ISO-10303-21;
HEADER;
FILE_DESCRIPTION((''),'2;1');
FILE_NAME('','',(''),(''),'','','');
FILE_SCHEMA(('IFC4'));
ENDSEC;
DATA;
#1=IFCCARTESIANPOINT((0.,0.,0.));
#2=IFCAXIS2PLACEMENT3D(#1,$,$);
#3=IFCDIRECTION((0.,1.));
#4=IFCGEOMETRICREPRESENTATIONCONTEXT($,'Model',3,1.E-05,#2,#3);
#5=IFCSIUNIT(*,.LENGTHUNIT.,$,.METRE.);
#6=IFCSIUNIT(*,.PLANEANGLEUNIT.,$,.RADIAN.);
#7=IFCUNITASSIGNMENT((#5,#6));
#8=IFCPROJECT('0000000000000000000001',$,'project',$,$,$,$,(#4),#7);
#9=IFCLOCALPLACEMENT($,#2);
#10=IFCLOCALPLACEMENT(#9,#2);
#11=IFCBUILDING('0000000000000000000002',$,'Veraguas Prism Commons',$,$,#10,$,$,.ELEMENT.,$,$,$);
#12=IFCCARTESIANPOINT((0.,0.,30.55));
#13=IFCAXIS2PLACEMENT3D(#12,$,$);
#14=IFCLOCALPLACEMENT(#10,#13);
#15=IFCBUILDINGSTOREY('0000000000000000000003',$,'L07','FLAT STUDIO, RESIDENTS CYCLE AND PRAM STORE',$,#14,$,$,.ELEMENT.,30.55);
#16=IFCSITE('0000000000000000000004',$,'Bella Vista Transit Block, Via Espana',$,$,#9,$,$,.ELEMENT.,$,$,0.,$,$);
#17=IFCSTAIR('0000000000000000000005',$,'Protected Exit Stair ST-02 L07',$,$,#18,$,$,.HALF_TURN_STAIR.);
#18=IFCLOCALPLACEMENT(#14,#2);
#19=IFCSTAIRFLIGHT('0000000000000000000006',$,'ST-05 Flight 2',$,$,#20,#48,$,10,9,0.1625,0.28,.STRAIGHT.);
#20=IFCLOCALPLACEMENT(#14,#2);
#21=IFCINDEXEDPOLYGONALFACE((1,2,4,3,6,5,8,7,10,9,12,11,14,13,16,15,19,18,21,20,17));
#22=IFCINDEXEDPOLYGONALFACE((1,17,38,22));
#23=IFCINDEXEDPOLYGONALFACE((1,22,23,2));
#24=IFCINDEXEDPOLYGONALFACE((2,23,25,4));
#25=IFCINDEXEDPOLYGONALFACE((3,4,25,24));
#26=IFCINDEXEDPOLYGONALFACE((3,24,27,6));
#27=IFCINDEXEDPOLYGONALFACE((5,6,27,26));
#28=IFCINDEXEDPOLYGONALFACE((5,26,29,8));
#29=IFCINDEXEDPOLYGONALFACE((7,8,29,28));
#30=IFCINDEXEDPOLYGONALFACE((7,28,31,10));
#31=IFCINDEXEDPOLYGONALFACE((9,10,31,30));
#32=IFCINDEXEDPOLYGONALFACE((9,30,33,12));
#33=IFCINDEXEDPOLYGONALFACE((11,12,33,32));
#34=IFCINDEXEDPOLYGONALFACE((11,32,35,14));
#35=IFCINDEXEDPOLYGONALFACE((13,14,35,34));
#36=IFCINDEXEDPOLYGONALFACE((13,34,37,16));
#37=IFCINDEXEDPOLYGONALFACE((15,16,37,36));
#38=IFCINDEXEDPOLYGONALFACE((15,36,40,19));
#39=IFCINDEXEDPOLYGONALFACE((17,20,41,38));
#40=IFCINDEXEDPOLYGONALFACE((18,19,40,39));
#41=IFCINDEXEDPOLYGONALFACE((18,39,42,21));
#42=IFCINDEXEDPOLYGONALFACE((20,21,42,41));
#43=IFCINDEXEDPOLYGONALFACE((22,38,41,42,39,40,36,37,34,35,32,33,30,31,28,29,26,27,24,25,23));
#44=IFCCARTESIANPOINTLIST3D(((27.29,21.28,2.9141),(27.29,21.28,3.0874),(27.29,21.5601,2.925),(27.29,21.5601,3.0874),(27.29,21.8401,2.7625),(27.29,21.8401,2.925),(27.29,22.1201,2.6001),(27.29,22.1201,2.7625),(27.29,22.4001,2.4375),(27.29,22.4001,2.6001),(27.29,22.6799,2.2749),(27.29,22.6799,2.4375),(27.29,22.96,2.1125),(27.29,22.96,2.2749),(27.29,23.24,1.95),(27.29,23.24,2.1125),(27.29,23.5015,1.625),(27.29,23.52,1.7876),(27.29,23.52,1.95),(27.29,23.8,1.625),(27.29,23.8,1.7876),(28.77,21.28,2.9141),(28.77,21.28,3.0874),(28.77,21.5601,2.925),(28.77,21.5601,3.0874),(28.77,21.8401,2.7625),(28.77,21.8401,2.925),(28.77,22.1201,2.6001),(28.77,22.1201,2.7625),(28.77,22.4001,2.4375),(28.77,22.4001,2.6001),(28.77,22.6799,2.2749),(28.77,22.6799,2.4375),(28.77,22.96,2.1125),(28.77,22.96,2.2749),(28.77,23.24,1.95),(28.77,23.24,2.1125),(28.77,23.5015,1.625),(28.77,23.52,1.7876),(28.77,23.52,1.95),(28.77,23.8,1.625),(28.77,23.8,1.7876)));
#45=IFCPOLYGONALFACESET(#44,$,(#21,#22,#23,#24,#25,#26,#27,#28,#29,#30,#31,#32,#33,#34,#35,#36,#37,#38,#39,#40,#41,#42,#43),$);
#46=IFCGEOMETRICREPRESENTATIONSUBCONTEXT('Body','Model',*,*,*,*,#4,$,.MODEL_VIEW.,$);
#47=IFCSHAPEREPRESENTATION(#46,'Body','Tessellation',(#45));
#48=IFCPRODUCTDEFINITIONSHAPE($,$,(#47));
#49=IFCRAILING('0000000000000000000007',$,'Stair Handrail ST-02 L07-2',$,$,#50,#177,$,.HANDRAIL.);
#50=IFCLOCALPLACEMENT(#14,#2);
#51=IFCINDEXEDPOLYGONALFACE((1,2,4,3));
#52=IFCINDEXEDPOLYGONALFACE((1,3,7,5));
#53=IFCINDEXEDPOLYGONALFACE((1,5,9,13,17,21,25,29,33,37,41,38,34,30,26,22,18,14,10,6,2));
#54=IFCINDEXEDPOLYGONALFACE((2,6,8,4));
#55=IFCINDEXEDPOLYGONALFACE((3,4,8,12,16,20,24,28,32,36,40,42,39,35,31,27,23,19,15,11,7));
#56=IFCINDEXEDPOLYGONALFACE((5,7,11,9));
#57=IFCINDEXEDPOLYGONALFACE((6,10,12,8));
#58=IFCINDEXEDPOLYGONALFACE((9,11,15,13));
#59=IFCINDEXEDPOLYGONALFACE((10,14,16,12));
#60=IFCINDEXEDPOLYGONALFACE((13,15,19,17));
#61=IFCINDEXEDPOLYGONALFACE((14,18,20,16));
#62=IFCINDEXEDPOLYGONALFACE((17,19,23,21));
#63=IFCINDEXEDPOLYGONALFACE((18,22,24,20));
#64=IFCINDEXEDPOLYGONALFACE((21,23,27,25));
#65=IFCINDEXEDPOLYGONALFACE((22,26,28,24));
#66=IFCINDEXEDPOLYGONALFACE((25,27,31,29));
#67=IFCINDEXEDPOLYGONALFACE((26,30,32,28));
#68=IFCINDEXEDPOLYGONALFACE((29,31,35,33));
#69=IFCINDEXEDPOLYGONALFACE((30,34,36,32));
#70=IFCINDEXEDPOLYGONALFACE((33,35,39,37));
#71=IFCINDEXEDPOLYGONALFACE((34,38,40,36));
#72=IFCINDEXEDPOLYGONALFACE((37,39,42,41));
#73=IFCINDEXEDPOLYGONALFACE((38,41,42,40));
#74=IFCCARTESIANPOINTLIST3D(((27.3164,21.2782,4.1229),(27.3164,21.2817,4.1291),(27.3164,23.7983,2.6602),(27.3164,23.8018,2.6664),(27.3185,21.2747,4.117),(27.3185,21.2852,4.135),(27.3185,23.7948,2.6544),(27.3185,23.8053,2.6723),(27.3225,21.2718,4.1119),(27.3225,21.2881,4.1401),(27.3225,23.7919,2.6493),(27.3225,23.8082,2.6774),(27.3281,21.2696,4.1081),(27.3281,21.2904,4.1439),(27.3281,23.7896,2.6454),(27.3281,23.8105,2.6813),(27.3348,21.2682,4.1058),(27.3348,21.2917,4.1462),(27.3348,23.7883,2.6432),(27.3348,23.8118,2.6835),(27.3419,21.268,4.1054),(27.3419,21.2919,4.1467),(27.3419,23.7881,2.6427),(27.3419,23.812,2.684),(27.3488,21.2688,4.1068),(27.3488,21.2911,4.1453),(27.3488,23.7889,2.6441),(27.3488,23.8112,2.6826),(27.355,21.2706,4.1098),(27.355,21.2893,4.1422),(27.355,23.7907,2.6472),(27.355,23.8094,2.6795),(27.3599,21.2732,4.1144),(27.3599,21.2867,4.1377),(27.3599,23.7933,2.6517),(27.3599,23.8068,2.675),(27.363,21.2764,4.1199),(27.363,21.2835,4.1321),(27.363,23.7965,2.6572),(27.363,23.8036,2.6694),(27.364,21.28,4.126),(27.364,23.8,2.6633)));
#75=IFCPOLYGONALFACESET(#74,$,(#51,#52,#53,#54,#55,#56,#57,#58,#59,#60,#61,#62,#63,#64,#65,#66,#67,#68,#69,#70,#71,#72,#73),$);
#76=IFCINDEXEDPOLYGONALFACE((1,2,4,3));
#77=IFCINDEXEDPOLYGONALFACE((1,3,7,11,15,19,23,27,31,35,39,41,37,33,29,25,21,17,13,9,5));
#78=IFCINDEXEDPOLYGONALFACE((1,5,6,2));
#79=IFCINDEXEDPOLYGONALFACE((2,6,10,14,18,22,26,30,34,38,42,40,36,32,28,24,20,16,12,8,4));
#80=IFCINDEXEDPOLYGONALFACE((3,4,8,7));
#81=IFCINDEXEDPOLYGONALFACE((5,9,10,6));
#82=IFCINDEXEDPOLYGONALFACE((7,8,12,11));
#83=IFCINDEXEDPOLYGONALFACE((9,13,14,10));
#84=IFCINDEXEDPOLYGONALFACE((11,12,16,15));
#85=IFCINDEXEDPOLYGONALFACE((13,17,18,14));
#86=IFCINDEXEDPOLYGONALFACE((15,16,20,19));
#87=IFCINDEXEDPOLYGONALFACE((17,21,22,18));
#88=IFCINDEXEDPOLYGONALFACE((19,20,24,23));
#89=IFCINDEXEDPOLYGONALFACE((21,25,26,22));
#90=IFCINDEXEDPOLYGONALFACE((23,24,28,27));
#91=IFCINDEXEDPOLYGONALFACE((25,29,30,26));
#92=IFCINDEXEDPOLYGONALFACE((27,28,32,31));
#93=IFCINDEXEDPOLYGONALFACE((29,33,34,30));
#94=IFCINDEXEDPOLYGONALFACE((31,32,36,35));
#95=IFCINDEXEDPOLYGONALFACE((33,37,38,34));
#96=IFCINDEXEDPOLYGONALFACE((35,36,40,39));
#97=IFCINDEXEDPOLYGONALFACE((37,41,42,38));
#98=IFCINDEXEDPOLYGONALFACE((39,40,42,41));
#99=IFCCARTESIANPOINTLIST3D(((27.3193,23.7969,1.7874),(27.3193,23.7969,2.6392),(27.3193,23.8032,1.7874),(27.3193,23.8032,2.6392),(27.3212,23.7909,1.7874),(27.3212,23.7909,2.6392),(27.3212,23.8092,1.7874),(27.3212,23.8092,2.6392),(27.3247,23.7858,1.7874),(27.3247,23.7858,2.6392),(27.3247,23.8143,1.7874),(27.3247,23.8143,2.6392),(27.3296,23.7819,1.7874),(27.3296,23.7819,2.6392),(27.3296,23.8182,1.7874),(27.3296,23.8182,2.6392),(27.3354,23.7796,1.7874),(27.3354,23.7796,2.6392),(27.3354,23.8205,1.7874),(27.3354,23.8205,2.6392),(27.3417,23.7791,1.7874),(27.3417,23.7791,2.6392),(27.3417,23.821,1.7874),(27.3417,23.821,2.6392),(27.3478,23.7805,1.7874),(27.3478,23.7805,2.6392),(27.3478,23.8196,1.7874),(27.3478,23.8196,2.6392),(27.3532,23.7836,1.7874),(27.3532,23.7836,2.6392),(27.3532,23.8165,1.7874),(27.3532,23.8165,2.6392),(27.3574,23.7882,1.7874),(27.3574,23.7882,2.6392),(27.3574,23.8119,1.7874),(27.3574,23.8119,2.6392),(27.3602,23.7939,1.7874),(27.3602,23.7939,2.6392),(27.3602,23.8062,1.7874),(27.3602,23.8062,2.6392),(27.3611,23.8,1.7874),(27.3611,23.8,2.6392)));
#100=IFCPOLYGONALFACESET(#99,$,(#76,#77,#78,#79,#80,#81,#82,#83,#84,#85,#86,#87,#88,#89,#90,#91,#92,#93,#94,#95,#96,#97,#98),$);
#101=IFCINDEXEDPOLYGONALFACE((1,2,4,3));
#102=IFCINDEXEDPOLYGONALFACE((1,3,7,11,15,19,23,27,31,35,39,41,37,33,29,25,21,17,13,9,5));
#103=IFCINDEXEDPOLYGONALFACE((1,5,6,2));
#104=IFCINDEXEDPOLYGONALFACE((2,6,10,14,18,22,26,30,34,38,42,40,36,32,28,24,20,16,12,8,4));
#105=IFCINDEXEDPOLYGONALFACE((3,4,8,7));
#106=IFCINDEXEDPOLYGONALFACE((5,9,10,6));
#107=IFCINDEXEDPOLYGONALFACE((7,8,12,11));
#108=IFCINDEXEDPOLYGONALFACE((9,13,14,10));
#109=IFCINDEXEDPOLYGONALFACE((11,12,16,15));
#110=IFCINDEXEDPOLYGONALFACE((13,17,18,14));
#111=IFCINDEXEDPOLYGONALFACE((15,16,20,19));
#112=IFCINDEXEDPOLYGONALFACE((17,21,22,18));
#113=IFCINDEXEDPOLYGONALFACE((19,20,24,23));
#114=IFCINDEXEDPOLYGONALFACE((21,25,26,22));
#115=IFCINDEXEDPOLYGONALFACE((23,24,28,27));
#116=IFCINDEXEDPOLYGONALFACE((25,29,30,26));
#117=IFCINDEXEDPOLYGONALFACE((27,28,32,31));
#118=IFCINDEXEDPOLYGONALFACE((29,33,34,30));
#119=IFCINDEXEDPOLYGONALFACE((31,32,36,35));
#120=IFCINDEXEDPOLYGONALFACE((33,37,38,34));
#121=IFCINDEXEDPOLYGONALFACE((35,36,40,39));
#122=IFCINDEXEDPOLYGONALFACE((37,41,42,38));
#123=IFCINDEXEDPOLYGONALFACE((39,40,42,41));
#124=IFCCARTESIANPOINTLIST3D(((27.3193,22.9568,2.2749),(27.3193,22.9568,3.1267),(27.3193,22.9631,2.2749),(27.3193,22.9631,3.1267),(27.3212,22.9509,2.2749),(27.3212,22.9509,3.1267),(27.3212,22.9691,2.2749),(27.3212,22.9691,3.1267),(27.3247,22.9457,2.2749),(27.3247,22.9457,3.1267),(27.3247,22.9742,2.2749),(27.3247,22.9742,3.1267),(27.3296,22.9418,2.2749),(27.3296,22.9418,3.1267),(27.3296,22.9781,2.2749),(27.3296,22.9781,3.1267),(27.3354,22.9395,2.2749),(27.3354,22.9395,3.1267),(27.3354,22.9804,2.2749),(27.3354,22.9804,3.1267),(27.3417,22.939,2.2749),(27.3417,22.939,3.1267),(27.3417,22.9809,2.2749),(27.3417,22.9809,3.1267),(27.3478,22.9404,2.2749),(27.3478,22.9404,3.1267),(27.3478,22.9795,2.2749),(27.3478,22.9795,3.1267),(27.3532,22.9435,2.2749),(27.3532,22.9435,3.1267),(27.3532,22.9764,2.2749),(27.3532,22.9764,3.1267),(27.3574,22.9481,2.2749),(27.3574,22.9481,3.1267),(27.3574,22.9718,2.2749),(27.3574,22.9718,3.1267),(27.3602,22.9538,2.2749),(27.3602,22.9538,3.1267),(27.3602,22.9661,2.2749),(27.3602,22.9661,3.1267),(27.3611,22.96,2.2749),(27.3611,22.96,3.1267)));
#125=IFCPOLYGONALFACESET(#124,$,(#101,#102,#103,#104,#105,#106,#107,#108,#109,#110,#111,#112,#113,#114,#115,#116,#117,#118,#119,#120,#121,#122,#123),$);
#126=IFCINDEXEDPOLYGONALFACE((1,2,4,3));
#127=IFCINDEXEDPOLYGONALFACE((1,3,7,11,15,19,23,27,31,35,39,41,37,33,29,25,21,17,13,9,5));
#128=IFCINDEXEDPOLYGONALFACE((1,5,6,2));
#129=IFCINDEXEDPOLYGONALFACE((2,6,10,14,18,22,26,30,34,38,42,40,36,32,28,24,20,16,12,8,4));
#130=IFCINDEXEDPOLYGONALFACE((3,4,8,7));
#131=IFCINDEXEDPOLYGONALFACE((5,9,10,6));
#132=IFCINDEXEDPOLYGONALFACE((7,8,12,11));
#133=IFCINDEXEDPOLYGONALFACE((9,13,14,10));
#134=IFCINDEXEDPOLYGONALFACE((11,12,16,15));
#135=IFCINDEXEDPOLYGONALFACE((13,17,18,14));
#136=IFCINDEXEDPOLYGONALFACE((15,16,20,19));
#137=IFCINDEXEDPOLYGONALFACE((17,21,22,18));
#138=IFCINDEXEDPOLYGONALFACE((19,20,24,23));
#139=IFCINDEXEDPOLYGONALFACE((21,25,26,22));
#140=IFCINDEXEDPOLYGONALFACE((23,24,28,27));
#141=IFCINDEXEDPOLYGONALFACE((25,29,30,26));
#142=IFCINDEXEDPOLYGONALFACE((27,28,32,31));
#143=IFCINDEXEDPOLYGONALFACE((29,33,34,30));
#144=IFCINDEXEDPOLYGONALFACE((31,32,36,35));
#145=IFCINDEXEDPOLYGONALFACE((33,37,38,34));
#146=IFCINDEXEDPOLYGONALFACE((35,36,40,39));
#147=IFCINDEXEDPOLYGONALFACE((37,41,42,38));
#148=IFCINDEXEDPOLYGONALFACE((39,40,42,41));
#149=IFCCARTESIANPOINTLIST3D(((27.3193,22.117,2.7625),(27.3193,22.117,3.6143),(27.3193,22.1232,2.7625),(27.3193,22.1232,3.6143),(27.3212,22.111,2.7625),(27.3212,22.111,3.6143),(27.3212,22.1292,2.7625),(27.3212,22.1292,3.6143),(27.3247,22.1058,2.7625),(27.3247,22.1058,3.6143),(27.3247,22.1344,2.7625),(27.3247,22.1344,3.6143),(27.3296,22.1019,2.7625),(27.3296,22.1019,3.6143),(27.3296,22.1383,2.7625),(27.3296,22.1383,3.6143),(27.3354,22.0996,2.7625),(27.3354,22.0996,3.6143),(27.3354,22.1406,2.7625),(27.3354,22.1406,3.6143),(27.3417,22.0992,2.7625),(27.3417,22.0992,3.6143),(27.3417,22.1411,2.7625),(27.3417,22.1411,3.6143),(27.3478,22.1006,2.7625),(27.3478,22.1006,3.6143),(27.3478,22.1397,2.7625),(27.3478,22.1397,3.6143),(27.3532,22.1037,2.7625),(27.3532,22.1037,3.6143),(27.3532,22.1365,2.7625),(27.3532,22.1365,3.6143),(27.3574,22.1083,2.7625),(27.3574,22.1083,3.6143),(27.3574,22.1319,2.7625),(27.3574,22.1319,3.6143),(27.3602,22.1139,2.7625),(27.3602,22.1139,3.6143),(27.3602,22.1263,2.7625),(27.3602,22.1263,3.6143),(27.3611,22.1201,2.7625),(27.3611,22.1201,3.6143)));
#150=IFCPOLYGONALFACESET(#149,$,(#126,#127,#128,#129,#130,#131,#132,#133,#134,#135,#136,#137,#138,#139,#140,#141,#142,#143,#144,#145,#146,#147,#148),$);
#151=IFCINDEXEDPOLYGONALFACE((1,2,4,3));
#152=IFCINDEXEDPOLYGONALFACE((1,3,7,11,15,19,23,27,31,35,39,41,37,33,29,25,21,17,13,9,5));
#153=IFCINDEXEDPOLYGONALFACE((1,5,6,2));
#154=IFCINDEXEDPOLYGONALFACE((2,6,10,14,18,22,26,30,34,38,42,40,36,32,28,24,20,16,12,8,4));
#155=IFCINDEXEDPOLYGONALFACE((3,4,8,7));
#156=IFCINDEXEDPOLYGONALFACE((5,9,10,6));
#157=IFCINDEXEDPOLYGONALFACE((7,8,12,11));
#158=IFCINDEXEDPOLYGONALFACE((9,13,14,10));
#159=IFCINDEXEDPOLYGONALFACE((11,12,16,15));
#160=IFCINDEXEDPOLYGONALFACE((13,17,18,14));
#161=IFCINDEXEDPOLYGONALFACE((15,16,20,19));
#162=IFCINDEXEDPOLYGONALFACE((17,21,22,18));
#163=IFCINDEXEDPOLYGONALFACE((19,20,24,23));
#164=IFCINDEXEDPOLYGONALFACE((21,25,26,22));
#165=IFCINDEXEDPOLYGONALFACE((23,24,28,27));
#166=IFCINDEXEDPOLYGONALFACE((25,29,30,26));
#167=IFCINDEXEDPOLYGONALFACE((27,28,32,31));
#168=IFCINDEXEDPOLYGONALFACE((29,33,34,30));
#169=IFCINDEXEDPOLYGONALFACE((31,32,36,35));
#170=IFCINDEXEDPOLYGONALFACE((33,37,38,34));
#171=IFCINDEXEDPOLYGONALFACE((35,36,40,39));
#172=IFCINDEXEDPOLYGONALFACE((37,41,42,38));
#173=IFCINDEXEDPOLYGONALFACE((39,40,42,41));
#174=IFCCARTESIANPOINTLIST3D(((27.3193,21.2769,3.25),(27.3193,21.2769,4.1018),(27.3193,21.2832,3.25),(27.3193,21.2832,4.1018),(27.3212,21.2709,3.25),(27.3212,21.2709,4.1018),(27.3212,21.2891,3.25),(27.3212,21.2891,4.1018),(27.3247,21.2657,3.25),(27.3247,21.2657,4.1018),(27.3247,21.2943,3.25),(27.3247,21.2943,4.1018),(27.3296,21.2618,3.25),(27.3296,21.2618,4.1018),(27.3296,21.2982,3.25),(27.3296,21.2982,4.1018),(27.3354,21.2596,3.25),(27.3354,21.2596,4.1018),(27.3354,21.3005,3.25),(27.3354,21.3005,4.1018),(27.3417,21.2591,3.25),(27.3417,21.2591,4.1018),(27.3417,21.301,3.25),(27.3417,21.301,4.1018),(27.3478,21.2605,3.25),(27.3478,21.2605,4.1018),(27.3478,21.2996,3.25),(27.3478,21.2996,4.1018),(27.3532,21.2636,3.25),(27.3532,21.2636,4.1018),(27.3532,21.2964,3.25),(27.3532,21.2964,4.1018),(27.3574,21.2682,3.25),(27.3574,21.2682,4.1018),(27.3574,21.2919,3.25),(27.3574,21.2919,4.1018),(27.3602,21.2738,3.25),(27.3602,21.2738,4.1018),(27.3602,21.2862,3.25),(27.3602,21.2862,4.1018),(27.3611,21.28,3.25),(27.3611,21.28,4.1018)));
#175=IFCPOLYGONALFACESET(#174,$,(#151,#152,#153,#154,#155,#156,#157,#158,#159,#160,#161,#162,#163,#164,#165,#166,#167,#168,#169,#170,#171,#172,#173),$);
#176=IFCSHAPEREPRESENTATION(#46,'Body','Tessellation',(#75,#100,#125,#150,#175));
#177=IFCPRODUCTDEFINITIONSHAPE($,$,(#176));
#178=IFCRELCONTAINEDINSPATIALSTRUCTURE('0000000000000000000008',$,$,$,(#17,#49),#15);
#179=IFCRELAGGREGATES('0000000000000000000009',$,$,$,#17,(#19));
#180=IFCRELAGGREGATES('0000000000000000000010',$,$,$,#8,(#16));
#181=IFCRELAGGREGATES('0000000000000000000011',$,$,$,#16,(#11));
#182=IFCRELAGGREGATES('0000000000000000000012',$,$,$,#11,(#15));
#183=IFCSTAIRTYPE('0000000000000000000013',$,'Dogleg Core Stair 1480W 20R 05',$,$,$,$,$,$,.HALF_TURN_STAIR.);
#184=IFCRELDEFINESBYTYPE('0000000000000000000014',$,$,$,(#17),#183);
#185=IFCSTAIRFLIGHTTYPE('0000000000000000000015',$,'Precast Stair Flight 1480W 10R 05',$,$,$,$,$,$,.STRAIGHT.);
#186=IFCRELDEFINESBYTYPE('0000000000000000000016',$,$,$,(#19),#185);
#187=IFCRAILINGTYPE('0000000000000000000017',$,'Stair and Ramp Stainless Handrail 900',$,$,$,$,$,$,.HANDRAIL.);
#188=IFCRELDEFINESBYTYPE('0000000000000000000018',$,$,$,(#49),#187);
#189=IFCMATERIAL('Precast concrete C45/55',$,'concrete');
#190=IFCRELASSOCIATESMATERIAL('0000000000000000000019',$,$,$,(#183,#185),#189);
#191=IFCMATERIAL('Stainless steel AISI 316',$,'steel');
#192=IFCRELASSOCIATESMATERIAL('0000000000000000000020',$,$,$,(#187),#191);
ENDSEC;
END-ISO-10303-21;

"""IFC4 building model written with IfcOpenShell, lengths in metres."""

from ifc_helpers import new_model, si_unit, direction, frame, origin, origin_2d, place, context, subcontext, project, spatial, polyline, circle, outline, extrude, material, type_object, element, aggregate, save


model = new_model("IFC4")

# Units and contexts
model_context = context("Model", 3, precision=1e-05, world=origin(), true_north=direction((0.0, 1.0)))
body_context = subcontext(model_context, "Body", "Model", "MODEL_VIEW")
ifc_project = project(units=[si_unit("LENGTHUNIT", "METRE"), si_unit("PLANEANGLEUNIT", "RADIAN")], contexts=[model_context])

# Site, building, storey
site_placement = place(None, origin())
site = spatial("IfcSite", under=ifc_project, at=site_placement, Name="Bella Vista Transit Block, Via Espana", CompositionType="ELEMENT", RefElevation=0.0)
building_placement = place(site_placement, origin())
building = spatial("IfcBuilding", under=site, at=building_placement, Name="Veraguas Prism Commons", CompositionType="ELEMENT")
storey_placement = place(building_placement, frame((0.0, 0.0, 30.55)))
storey = spatial("IfcBuildingStorey", under=building, at=storey_placement, Name="L07", Description="FLAT STUDIO, RESIDENTS CYCLE AND PRAM STORE", CompositionType="ELEMENT", Elevation=30.55)

# Shared definitions
ifc_material_1 = material(Name="Stainless steel AISI 316", Category="steel")

# Stair, stair flight
ifc_material_2 = material(Name="Precast concrete C45/55", Category="concrete")
stair_type = type_object("IfcStairType", Name="Dogleg Core Stair 1480W 20R 05", PredefinedType="HALF_TURN_STAIR", material=ifc_material_2)
stair_placement = place(storey_placement, origin())
stair = element("IfcStair", 1, at=stair_placement, inside=storey, type_object=stair_type, Name="Protected Exit Stair ST-02 L07", PredefinedType="HALF_TURN_STAIR")
stair_flight_type = type_object("IfcStairFlightType", Name="Precast Stair Flight 1480W 10R 05", PredefinedType="STRAIGHT", material=ifc_material_2)
stair_flight_placement = place(storey_placement, frame((28.03, 23.8, 1.625), z_axis=(0.0, 0.0, 1.0), x_axis=(0.0, -1.0, 0.0)))
stair_flight = element("IfcStairFlight", 2, at=stair_flight_placement, type_object=stair_flight_type, Name="ST-05 Flight 2", NumberOfRisers=10, NumberOfTreads=9, PredefinedType="STRAIGHT", RiserHeight=0.1625, TreadLength=0.28, context=body_context, shape_type="SweptSolid", body=[
    extrude(outline(polyline([(0.0, 0.0), (0.0, 0.1626), (0.28, 0.1626), (0.28, 0.325), (0.5601, 0.325), (0.5601, 0.4875), (0.8401, 0.4875), (0.8401, 0.6499), (1.1201, 0.6499), (1.1201, 0.8125), (1.3999, 0.8125), (1.3999, 0.9751), (1.6799, 0.9751), (1.6799, 1.1375), (1.96, 1.1375), (1.96, 1.3), (2.24, 1.3), (2.24, 1.4624), (2.52, 1.4624), (2.52, 1.625), (2.52, 1.2891), (0.2986, 0.0), (0.0, 0.0)])), frame((0.0, 0.74, 0.0), z_axis=(0.0, -1.0, 0.0), x_axis=(1.0, 0.0, 0.0)), (0.0, 0.0, 1.0), 1.48),
])
aggregate(stair, [stair_flight])

# Railing
railing_type_1 = type_object("IfcRailingType", Name="Stair and Ramp Stainless Handrail 900", PredefinedType="HANDRAIL", material=ifc_material_1)
railing_1_placement = place(storey_placement, frame((27.3401, 23.8, 1.7874)))
element("IfcRailing", 3, at=railing_1_placement, inside=storey, type_object=railing_type_1, Name="Stair Handrail ST-02 L07-2", PredefinedType="HANDRAIL", context=body_context, shape_type="SweptSolid", body=[
    extrude(circle(Radius=0.0239, at=origin_2d()), frame((0.0, 0.0, 0.876), z_axis=(0.0, -0.864877, 0.501984), x_axis=(1.0, 0.0, 0.0)), (0.0, 0.0, 1.0), 2.9138),
    extrude(circle(Radius=0.021, at=origin_2d()), origin(), (0.0, 0.0, 1.0), 0.8518),
    extrude(circle(Radius=0.021, at=origin_2d()), frame((0.0, -0.8401, 0.4875)), (0.0, 0.0, 1.0), 0.8518),
    extrude(circle(Radius=0.021, at=origin_2d()), frame((0.0, -1.6799, 0.9751)), (0.0, 0.0, 1.0), 0.8518),
    extrude(circle(Radius=0.021, at=origin_2d()), frame((0.0, -2.52, 1.4626)), (0.0, 0.0, 1.0), 0.8518),
])

save(model, "model.ifc")
